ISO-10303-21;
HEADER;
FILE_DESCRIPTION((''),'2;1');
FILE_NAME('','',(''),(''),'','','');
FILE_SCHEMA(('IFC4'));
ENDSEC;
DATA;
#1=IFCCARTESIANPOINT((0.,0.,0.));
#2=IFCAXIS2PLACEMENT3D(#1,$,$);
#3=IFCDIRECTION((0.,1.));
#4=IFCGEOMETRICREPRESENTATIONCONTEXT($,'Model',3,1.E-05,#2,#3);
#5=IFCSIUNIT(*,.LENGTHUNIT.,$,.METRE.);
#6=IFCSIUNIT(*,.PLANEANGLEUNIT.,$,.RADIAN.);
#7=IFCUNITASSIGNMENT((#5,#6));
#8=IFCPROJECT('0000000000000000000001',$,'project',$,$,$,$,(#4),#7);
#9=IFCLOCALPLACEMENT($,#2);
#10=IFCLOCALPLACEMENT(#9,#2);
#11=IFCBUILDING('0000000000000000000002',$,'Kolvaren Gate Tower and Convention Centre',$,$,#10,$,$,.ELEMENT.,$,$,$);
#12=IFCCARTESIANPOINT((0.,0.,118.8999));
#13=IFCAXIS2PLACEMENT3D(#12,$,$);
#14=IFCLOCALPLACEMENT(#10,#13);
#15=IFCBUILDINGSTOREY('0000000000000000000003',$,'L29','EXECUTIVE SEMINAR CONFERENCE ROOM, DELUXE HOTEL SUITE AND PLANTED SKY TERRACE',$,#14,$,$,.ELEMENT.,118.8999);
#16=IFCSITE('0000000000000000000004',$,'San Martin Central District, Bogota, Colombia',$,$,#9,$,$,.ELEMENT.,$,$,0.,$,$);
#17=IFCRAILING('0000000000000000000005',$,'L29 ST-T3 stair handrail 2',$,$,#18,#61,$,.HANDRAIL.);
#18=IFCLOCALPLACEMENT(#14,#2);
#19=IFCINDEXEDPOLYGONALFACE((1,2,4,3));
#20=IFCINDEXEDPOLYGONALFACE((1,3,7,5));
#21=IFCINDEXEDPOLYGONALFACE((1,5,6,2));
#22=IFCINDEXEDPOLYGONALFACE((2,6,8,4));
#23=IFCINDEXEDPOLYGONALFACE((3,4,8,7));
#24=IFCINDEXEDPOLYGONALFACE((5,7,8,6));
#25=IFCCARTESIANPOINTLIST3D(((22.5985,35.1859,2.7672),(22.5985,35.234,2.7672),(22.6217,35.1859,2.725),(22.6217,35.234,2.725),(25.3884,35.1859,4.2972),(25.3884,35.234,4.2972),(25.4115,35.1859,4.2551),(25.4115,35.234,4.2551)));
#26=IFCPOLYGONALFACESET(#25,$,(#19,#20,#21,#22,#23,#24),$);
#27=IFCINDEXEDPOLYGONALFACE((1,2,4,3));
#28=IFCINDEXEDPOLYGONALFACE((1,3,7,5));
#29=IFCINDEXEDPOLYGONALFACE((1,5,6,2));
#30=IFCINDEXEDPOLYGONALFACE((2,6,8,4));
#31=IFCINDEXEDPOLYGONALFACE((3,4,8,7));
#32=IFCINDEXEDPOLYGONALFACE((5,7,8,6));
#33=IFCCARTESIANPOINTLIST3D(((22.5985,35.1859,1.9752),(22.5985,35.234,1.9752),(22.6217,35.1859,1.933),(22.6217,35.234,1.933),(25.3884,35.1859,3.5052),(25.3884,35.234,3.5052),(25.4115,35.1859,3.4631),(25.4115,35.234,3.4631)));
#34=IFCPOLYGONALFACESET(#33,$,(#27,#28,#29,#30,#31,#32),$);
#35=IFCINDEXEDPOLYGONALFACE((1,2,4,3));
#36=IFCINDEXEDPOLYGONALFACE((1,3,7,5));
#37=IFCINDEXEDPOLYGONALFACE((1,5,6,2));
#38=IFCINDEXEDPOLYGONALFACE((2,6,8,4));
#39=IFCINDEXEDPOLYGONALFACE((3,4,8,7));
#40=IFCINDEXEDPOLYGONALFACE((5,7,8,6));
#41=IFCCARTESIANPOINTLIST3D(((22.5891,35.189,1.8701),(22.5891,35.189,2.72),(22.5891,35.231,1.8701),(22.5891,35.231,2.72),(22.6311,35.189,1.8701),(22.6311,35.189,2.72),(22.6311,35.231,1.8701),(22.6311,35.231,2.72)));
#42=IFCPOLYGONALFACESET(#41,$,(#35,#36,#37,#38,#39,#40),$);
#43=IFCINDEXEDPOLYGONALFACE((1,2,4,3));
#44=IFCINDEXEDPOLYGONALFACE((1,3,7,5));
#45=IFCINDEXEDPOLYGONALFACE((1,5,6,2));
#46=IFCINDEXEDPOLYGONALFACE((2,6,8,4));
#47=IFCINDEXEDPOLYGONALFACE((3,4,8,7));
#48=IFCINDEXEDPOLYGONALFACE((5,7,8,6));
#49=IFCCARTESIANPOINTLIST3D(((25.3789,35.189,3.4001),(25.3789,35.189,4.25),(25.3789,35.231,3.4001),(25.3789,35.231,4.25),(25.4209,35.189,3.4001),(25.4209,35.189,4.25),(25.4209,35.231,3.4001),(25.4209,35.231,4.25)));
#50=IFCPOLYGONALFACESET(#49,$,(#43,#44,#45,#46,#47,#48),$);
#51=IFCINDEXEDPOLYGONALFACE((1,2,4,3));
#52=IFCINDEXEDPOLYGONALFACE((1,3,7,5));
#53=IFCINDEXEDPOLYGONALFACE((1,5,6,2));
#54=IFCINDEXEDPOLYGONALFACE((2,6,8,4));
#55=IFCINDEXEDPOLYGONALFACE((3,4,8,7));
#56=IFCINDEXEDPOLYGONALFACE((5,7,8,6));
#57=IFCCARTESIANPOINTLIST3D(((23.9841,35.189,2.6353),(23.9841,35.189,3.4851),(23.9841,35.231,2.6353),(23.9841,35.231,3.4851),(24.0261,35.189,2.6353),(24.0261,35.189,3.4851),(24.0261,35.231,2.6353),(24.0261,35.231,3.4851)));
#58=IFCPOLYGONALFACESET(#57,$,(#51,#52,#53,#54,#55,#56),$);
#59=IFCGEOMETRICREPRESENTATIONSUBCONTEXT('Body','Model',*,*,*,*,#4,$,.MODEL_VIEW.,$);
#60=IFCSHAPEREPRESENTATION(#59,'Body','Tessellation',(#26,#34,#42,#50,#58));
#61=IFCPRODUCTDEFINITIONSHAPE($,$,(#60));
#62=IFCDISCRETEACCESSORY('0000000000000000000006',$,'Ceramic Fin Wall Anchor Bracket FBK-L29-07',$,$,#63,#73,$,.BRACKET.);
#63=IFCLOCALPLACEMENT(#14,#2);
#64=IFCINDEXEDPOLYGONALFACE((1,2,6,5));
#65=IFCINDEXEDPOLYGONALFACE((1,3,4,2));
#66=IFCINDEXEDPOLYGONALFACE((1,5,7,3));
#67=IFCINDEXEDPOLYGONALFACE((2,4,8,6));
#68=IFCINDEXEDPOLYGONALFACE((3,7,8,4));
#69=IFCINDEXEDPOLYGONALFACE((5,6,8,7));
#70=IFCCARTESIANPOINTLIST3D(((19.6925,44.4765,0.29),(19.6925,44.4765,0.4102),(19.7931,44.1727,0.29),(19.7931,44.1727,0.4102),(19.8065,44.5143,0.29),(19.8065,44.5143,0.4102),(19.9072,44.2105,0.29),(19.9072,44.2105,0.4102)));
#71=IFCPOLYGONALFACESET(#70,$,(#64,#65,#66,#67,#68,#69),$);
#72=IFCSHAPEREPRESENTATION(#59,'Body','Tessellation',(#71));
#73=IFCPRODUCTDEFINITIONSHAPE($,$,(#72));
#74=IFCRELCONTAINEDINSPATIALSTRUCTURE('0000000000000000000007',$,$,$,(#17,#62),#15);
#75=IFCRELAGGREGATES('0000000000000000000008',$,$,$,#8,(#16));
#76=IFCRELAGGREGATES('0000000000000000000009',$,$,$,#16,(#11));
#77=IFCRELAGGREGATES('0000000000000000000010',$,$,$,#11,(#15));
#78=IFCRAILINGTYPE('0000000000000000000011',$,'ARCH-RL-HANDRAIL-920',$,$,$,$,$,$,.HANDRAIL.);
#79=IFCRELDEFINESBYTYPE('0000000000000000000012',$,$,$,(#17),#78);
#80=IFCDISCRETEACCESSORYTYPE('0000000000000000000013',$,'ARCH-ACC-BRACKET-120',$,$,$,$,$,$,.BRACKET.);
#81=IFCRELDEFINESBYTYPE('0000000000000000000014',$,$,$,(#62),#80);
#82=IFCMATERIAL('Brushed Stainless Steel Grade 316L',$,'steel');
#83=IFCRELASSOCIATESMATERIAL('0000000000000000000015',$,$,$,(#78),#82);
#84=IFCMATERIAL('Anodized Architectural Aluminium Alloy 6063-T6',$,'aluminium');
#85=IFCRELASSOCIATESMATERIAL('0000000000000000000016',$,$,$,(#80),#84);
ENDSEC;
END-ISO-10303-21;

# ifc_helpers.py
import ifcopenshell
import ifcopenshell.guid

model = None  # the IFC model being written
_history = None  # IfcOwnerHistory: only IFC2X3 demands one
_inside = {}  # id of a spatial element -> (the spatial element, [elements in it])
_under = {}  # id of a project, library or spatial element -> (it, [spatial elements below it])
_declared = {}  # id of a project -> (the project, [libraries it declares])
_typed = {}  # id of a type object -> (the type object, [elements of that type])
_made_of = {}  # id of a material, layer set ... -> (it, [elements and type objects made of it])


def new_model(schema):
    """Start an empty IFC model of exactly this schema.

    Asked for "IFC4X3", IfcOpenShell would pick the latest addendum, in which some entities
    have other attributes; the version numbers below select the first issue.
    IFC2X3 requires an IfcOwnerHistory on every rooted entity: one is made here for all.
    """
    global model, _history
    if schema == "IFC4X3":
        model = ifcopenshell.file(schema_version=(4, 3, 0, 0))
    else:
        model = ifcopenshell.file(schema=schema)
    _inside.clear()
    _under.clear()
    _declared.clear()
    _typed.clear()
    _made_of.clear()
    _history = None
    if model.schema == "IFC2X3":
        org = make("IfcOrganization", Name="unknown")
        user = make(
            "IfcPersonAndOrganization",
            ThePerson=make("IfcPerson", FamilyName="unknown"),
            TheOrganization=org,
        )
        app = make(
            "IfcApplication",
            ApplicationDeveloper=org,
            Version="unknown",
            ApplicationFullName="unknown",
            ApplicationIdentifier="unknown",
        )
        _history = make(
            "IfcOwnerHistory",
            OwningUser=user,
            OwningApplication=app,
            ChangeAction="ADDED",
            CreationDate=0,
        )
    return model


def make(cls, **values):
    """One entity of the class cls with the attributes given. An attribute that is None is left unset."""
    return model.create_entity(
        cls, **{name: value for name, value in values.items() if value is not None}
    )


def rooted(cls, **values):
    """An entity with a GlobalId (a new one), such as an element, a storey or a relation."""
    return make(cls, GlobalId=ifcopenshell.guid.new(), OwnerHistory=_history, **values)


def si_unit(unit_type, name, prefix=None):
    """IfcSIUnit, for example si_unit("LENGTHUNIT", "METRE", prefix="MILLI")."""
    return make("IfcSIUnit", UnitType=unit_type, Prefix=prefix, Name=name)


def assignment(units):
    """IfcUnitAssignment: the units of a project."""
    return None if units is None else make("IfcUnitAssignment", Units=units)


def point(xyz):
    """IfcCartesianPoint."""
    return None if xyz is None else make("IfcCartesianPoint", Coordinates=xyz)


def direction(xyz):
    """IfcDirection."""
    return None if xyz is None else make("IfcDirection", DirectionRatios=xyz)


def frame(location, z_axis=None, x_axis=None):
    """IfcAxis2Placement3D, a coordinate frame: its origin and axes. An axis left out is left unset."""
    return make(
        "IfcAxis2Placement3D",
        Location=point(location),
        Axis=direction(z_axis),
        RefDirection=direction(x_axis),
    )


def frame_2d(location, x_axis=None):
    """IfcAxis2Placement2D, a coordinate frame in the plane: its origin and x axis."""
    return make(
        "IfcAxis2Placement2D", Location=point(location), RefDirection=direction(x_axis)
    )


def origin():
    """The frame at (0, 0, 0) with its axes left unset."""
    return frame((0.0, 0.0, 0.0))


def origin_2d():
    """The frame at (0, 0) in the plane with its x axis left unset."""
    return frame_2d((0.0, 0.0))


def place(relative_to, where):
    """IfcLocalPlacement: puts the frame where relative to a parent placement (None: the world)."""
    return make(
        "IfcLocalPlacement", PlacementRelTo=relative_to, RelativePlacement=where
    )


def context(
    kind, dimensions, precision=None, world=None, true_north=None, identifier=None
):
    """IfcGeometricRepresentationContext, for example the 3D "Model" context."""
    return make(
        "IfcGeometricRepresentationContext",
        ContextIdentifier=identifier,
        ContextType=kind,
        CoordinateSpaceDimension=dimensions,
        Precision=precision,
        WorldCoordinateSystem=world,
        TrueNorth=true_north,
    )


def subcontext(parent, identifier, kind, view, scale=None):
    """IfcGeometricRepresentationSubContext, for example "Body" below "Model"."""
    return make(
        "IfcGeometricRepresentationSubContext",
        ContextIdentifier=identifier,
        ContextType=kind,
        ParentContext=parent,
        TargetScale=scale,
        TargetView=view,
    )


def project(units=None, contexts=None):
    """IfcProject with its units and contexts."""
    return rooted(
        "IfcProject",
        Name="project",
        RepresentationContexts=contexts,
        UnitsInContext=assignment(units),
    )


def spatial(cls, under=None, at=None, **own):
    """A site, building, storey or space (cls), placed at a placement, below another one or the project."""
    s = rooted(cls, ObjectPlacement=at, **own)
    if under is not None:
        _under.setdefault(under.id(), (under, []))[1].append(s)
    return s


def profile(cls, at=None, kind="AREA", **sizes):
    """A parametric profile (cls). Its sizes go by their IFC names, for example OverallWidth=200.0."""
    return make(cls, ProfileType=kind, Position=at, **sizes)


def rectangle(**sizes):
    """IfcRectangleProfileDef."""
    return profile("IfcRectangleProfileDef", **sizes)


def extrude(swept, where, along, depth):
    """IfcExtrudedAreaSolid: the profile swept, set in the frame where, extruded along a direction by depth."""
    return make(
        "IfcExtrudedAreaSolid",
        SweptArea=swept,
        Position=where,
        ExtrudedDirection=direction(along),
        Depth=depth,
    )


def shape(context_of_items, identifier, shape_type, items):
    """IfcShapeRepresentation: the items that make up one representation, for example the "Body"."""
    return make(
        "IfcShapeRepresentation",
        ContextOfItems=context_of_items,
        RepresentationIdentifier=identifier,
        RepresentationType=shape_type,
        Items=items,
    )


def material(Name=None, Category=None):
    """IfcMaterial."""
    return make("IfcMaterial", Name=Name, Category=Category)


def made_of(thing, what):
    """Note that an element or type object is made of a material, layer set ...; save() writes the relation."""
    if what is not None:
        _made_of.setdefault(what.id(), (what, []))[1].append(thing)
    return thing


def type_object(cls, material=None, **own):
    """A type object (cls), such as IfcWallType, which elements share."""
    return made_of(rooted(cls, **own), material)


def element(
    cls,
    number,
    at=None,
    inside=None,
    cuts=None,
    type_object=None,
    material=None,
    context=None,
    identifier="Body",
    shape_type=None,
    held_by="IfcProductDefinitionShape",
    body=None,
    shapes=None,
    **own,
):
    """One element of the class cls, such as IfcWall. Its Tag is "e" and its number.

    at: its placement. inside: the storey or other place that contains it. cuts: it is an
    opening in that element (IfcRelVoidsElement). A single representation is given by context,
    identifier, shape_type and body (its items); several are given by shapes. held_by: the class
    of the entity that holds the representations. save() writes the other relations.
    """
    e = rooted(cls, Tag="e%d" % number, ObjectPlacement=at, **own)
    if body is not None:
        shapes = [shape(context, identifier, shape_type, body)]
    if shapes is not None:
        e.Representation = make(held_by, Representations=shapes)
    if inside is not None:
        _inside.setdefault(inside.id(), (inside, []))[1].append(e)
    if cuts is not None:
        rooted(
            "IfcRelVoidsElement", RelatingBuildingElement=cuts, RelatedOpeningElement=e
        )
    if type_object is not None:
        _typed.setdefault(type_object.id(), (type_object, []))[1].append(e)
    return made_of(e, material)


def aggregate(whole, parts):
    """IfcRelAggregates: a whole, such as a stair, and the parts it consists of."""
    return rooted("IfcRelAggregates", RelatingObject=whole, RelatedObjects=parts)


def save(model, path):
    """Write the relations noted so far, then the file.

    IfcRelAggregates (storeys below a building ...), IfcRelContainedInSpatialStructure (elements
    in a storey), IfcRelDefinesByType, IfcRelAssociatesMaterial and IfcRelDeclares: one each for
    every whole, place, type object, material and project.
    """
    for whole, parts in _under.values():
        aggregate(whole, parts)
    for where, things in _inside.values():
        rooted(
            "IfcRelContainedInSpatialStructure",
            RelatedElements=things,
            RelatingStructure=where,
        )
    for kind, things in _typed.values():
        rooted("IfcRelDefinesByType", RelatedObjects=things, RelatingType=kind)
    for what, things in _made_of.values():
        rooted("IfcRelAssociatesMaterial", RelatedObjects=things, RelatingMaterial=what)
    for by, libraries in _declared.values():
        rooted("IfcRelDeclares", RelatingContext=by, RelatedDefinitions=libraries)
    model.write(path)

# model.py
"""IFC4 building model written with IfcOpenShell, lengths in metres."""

from ifc_helpers import new_model, si_unit, direction, frame, origin, origin_2d, place, context, subcontext, project, spatial, rectangle, extrude, material, type_object, element, save


model = new_model("IFC4")

# Units and contexts
model_context = context("Model", 3, precision=1e-05, world=origin(), true_north=direction((0.0, 1.0)))
body_context = subcontext(model_context, "Body", "Model", "MODEL_VIEW")
ifc_project = project(units=[si_unit("LENGTHUNIT", "METRE"), si_unit("PLANEANGLEUNIT", "RADIAN")], contexts=[model_context])

# Site, building, storey
site_placement = place(None, origin())
site = spatial("IfcSite", under=ifc_project, at=site_placement, Name="San Martin Central District, Bogota, Colombia", CompositionType="ELEMENT", RefElevation=0.0)
building_placement = place(site_placement, origin())
building = spatial("IfcBuilding", under=site, at=building_placement, Name="Kolvaren Gate Tower and Convention Centre", CompositionType="ELEMENT")
storey_placement = place(building_placement, frame((0.0, 0.0, 118.8999)))
storey = spatial("IfcBuildingStorey", under=building, at=storey_placement, Name="L29", Description="EXECUTIVE SEMINAR CONFERENCE ROOM, DELUXE HOTEL SUITE AND PLANTED SKY TERRACE", CompositionType="ELEMENT", Elevation=118.8999)

# Railing
ifc_material_1 = material(Name="Brushed Stainless Steel Grade 316L", Category="steel")
railing_type_1 = type_object("IfcRailingType", Name="ARCH-RL-HANDRAIL-920", PredefinedType="HANDRAIL", material=ifc_material_1)
railing_1_placement = place(storey_placement, frame((22.6101, 35.21, 1.8701)))
element("IfcRailing", 1, at=railing_1_placement, inside=storey, type_object=railing_type_1, Name="L29 ST-T3 stair handrail 2", PredefinedType="HANDRAIL", context=body_context, shape_type="SweptSolid", body=[
    extrude(rectangle(XDim=0.0481, YDim=0.0481, at=origin_2d()), frame((0.0, 0.0, 0.876), z_axis=(0.876794, 0.0, 0.480867), x_axis=(0.0, 1.0, 0.0)), (0.0, 0.0, 1.0), 3.1819),
    extrude(rectangle(XDim=0.0481, YDim=0.0481, at=origin_2d()), frame((0.0, 0.0, 0.084), z_axis=(0.876794, 0.0, 0.480867), x_axis=(0.0, 1.0, 0.0)), (0.0, 0.0, 1.0), 3.1819),
    extrude(rectangle(XDim=0.042, YDim=0.042, at=origin_2d()), origin(), (0.0, 0.0, 1.0), 0.8499),
    extrude(rectangle(XDim=0.042, YDim=0.042, at=origin_2d()), frame((2.7898, 0.0, 1.53)), (0.0, 0.0, 1.0), 0.8499),
    extrude(rectangle(XDim=0.042, YDim=0.042, at=origin_2d()), frame((1.395, 0.0, 0.7651)), (0.0, 0.0, 1.0), 0.8499),
])

# Discrete accessory
ifc_material_2 = material(Name="Anodized Architectural Aluminium Alloy 6063-T6", Category="aluminium")
discrete_accessory_type = type_object("IfcDiscreteAccessoryType", Name="ARCH-ACC-BRACKET-120", PredefinedType="BRACKET", material=ifc_material_2)
discrete_accessory_placement = place(storey_placement, frame((19.7998, 44.3435, 0.29), z_axis=(0.0, 0.0, 1.0), x_axis=(0.949238, 0.314557, 0.0)))
element("IfcDiscreteAccessory", 2, at=discrete_accessory_placement, inside=storey, type_object=discrete_accessory_type, Name="Ceramic Fin Wall Anchor Bracket FBK-L29-07", PredefinedType="BRACKET", context=body_context, shape_type="SweptSolid", body=[
    extrude(rectangle(XDim=0.1201, YDim=0.3201, at=origin_2d()), origin(), (0.0, 0.0, 1.0), 0.1201),
])

save(model, "model.ifc")
